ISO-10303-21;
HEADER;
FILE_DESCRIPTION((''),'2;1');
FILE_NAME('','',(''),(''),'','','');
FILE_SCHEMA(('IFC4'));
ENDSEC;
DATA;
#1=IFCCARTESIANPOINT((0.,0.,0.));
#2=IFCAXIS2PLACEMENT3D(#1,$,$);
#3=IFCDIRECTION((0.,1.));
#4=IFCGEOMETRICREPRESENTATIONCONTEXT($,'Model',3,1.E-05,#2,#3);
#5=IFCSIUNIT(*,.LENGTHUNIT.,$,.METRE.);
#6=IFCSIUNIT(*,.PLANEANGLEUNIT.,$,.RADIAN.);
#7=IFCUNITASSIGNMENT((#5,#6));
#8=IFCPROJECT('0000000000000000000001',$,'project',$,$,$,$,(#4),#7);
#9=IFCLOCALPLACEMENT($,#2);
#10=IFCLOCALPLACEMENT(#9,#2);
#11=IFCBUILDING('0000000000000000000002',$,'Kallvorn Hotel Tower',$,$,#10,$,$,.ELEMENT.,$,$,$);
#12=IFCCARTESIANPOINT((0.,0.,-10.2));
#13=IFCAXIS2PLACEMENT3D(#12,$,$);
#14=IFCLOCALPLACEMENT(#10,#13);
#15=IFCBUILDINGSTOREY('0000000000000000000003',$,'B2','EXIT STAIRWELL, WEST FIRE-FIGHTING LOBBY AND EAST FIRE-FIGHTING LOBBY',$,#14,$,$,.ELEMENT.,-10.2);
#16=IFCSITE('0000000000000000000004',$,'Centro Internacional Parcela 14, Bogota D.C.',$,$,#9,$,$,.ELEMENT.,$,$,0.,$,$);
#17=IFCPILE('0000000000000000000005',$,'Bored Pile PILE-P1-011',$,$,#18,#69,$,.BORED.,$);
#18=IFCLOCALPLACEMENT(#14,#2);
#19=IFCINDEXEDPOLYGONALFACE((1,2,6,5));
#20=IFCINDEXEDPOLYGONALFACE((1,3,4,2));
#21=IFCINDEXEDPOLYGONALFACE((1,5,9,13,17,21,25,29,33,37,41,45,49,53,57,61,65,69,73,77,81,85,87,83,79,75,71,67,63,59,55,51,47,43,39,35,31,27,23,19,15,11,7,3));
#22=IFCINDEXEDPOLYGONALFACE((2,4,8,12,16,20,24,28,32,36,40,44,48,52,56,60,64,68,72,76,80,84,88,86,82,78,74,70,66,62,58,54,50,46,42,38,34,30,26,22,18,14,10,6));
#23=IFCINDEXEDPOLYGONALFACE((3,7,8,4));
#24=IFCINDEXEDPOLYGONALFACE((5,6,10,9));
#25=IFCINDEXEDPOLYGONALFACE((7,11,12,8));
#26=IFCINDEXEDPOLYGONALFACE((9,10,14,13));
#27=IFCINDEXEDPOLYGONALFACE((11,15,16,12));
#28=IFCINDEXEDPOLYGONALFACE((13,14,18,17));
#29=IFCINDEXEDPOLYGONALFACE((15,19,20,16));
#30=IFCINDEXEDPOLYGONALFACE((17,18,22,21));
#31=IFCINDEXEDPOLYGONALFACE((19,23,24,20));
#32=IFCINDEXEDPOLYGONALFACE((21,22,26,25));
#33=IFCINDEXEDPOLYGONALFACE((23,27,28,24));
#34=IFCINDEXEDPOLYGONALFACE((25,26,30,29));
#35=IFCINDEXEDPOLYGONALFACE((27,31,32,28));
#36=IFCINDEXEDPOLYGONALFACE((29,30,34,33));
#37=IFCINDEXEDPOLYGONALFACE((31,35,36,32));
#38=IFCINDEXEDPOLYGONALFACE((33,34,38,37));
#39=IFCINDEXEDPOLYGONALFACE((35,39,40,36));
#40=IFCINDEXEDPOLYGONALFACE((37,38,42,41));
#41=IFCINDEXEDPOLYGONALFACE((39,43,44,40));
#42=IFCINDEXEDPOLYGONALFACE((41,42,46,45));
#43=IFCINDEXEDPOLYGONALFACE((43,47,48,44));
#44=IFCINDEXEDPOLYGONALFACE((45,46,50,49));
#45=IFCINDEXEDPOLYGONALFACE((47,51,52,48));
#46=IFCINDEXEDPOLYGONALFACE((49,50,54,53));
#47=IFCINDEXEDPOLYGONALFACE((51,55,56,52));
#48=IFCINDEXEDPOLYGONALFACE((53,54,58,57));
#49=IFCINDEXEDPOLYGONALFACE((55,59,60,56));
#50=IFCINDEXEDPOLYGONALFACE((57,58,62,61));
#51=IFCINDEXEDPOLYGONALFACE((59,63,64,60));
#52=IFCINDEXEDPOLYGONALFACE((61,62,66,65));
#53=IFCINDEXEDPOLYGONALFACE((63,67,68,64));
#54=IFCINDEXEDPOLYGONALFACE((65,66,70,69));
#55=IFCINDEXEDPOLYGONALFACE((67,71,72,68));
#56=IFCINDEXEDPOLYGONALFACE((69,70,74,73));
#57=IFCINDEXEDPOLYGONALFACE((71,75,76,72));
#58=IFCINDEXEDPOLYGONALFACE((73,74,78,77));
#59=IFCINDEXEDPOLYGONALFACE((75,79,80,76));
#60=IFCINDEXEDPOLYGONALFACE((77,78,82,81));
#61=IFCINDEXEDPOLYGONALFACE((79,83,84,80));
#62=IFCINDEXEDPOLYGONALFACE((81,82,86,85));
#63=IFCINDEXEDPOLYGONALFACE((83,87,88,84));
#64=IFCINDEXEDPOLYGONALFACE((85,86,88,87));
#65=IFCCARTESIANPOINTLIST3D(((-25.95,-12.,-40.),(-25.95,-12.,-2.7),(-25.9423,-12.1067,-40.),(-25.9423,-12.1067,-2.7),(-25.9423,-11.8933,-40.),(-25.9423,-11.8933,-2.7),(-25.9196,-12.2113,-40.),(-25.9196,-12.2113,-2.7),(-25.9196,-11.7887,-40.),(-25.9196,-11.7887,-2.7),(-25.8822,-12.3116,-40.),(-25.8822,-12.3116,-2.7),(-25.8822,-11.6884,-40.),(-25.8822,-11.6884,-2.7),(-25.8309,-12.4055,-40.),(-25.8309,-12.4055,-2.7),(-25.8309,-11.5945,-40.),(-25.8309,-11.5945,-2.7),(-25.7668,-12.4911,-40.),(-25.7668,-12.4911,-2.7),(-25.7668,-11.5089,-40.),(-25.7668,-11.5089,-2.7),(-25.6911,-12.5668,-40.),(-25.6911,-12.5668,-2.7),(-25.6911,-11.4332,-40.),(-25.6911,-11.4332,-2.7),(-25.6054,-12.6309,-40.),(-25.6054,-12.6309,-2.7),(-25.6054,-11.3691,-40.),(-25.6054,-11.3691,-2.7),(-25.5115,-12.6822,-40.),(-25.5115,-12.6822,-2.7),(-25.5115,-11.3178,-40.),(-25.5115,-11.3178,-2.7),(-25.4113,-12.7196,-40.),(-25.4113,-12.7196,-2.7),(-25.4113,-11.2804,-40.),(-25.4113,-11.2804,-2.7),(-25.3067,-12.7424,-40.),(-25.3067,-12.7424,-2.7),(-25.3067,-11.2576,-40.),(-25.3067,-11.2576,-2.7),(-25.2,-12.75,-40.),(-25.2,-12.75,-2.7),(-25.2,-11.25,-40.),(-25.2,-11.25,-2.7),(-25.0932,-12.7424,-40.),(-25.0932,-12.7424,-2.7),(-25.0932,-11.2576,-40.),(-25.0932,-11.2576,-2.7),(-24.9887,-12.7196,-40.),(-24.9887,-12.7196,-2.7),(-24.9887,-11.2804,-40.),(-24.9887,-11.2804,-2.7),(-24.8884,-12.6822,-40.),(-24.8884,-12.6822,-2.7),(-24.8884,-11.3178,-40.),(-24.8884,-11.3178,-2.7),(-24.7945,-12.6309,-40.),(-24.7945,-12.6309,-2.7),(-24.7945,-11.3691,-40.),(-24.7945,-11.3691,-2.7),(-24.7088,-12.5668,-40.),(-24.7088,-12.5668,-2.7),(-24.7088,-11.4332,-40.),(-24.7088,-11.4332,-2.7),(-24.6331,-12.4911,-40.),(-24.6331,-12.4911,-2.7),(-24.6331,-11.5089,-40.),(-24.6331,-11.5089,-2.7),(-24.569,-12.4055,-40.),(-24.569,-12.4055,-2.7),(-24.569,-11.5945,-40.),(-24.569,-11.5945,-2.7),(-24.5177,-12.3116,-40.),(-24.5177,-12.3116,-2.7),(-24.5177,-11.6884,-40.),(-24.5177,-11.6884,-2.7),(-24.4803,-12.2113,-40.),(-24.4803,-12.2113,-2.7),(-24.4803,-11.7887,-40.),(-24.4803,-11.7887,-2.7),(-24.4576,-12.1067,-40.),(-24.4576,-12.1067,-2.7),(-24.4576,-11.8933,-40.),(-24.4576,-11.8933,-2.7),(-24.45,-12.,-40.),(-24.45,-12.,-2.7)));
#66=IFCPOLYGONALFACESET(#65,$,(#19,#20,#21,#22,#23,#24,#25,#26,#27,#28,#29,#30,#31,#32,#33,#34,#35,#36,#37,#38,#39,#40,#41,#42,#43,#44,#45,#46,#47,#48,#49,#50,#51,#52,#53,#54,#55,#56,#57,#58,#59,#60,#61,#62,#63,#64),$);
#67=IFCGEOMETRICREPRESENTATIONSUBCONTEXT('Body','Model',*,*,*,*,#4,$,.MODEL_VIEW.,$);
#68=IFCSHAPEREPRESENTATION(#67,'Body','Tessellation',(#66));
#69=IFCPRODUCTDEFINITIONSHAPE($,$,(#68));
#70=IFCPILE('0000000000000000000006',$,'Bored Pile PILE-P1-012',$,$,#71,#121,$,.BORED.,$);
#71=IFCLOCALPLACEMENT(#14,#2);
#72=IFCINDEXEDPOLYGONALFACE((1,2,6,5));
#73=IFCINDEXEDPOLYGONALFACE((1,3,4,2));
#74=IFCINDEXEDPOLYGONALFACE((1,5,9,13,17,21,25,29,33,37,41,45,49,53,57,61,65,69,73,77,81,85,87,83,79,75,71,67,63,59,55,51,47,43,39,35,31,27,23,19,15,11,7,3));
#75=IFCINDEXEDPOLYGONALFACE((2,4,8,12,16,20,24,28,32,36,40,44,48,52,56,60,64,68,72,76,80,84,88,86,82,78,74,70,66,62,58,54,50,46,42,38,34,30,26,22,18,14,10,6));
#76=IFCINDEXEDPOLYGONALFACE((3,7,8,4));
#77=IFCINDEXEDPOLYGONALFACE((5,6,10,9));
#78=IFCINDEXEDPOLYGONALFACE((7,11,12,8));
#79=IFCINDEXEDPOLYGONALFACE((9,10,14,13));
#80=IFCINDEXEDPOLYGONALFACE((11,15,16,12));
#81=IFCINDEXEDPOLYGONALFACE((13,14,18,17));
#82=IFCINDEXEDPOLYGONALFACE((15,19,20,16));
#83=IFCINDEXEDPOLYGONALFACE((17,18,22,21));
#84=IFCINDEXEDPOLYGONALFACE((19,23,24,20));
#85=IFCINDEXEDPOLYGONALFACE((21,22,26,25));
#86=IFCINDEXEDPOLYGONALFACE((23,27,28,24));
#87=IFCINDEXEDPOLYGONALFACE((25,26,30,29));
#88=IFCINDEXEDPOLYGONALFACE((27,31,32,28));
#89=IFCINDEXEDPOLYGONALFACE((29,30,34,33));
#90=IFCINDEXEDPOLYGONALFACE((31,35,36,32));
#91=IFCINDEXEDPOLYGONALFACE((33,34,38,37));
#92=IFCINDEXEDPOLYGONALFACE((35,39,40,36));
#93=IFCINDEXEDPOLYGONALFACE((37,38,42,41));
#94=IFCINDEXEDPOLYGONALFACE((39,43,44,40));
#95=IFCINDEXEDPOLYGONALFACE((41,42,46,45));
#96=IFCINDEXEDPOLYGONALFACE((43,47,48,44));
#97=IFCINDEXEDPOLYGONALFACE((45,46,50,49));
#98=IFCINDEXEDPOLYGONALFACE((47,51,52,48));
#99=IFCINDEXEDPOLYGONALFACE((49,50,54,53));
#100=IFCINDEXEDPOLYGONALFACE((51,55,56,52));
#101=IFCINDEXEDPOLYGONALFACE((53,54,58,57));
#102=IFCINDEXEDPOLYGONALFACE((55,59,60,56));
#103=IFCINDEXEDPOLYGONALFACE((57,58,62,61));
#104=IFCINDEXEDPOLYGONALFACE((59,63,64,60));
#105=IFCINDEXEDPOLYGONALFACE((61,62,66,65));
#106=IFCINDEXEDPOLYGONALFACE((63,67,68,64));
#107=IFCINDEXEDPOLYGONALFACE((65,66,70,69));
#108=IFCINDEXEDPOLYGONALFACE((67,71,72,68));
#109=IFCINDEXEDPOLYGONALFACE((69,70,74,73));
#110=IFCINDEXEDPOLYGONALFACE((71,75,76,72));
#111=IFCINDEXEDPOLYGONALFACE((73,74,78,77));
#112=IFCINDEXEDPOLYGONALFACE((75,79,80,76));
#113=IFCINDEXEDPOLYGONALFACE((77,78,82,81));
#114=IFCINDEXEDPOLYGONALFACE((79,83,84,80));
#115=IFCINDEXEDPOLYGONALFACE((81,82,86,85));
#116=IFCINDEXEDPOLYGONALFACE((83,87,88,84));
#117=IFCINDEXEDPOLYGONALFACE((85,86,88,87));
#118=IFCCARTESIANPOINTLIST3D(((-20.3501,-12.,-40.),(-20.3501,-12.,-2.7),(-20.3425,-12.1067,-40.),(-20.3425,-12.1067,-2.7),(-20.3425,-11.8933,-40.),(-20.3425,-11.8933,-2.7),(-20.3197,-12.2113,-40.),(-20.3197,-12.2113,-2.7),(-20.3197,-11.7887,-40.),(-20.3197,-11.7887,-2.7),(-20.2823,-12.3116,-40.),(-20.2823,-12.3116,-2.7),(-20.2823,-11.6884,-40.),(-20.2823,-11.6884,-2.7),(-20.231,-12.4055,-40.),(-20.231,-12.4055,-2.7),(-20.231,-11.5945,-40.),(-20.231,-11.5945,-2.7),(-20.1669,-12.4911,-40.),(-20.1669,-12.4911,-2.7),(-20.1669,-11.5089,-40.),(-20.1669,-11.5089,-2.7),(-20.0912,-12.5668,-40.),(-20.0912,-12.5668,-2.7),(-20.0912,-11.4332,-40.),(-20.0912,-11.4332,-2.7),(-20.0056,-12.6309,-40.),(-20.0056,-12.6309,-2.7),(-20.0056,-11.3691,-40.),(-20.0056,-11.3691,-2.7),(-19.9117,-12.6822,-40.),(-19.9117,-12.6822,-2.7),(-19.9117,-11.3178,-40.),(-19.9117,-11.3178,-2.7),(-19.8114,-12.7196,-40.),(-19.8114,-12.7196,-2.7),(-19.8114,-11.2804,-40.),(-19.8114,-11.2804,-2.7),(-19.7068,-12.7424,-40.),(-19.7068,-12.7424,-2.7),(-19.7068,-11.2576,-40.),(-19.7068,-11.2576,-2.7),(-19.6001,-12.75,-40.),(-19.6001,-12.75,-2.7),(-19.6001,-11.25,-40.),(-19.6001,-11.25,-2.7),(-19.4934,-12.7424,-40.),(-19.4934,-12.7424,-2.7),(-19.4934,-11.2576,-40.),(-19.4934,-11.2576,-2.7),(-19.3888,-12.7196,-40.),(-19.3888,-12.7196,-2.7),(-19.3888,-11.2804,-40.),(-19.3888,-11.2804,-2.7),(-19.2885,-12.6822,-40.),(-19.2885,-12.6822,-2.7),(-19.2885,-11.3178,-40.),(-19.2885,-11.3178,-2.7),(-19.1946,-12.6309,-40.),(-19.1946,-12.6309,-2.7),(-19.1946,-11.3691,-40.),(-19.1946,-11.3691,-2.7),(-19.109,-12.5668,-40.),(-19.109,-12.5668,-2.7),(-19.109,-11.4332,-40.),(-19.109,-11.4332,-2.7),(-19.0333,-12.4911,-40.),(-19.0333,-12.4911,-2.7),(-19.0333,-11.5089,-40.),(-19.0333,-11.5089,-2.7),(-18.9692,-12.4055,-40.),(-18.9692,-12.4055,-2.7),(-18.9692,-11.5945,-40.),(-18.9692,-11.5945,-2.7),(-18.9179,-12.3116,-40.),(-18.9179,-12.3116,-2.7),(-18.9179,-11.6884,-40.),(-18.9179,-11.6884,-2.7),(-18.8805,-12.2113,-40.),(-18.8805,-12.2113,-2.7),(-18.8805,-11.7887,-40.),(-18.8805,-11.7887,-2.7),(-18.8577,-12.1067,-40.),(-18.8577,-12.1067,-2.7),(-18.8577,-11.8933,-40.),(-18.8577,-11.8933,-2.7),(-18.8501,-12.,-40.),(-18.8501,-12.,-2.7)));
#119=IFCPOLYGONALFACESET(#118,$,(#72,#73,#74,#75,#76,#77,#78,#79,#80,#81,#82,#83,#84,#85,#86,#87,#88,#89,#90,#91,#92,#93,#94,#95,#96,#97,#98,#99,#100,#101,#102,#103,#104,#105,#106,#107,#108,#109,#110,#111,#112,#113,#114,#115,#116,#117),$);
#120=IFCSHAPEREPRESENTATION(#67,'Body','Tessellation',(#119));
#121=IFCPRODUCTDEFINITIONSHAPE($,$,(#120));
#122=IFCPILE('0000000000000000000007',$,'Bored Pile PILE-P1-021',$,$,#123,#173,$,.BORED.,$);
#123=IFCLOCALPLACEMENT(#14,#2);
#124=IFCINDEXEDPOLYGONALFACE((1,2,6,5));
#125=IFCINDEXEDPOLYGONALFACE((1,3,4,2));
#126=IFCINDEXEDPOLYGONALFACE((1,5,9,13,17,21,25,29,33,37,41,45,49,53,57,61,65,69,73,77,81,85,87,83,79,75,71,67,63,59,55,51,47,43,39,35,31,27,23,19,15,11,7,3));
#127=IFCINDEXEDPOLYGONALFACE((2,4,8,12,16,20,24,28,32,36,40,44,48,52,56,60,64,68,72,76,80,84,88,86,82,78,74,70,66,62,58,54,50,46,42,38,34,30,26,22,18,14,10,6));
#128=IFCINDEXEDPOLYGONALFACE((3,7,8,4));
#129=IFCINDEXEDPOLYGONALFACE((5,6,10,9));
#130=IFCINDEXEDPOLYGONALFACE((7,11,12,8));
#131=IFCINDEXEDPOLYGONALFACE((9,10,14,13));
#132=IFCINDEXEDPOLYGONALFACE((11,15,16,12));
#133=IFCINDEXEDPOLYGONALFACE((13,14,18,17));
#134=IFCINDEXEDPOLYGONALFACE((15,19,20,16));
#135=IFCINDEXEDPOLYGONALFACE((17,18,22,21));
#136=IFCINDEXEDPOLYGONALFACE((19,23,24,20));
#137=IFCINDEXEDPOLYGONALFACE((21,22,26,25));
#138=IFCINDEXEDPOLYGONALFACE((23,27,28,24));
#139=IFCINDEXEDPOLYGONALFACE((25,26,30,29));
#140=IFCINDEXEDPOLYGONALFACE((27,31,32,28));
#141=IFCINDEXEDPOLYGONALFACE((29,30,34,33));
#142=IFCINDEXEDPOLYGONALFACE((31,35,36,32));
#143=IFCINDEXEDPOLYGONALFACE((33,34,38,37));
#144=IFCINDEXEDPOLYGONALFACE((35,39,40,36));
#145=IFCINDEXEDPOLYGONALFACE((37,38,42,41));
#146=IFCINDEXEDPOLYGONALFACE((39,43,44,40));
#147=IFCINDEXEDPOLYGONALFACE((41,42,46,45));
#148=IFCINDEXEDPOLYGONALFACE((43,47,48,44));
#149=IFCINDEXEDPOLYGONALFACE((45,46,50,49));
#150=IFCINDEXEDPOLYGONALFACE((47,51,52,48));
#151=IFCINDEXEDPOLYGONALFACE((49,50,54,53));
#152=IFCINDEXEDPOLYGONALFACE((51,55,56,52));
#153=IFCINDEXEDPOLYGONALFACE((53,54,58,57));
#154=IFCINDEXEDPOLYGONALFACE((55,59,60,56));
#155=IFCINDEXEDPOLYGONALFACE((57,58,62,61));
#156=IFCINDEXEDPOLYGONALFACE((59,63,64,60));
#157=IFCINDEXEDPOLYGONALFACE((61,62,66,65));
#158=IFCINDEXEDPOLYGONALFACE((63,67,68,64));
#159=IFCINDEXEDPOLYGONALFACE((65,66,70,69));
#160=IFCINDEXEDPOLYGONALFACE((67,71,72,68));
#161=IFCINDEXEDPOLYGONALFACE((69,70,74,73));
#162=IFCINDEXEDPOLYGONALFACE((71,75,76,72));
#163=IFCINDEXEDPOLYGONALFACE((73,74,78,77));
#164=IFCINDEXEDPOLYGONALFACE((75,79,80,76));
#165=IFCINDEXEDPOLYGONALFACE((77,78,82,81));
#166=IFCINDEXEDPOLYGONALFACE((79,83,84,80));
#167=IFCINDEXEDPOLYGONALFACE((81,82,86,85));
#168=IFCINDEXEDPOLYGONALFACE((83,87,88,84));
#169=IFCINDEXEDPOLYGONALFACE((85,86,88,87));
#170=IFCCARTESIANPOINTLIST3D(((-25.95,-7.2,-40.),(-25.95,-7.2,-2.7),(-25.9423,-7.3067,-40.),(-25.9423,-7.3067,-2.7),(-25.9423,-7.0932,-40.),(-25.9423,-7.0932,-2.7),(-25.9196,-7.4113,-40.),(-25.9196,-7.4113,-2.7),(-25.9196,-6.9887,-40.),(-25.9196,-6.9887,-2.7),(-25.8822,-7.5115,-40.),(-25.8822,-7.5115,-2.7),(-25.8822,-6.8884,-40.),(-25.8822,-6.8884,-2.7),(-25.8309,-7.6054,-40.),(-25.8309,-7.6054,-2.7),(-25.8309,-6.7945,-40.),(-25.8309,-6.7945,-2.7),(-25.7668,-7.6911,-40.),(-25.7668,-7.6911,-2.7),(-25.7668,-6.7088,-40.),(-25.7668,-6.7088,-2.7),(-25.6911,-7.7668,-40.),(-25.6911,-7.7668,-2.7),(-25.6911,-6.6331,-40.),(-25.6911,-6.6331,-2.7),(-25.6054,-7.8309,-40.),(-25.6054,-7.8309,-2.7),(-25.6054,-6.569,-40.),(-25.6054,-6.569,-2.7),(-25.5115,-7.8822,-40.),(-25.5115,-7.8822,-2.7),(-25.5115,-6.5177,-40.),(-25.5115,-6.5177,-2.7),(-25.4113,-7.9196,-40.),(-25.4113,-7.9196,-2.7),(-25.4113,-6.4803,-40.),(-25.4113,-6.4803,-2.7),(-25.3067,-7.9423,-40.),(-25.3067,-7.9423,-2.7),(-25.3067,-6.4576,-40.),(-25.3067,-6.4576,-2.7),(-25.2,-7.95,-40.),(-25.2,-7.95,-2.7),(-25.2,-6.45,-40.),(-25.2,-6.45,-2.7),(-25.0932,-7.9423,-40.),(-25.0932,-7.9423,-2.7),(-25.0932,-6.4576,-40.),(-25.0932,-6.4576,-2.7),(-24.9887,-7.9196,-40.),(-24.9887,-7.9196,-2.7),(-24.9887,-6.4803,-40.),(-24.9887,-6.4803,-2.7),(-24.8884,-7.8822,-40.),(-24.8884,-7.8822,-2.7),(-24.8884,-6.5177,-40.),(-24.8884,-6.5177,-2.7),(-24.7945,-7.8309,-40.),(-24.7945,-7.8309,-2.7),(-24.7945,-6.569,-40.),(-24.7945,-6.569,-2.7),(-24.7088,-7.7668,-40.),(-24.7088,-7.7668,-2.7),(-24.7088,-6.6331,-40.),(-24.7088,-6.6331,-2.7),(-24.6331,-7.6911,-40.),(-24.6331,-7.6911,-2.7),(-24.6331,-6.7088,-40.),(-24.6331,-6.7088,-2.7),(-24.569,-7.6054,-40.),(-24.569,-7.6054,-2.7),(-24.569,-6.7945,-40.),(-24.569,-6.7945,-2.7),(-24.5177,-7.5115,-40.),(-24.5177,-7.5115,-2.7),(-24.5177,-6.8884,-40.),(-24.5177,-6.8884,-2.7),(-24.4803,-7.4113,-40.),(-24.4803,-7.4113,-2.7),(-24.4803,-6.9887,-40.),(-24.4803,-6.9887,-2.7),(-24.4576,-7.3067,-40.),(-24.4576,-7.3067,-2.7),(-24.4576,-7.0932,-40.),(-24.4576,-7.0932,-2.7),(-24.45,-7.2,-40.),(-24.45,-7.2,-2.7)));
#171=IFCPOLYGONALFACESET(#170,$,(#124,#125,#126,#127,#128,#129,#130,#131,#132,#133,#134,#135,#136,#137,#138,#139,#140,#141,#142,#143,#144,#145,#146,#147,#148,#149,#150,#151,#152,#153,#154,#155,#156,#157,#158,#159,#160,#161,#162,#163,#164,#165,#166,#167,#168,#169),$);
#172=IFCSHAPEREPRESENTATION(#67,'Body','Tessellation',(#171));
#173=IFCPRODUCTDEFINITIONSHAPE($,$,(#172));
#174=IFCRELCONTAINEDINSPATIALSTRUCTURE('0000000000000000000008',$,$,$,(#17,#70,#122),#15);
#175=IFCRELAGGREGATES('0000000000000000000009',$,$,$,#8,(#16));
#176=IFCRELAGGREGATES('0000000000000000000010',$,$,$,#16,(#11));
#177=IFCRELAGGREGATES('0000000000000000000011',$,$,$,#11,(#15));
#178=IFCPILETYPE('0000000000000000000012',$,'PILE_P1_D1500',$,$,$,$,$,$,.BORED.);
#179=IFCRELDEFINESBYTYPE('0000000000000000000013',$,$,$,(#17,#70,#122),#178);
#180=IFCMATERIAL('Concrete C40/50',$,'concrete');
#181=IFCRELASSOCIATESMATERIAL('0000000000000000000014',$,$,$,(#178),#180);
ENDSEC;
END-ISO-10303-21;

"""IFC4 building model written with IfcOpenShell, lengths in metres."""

from ifc_helpers import new_model, si_unit, direction, frame, origin, origin_2d, place, context, subcontext, project, spatial, circle, extrude, material, material_profile, profile_set, type_object, element, save


model = new_model("IFC4")

# Units and contexts
model_context = context("Model", 3, precision=1e-05, world=origin(), true_north=direction((0.0, 1.0)))
body_context = subcontext(model_context, "Body", "Model", "MODEL_VIEW")
ifc_project = project(units=[si_unit("LENGTHUNIT", "METRE"), si_unit("PLANEANGLEUNIT", "RADIAN")], contexts=[model_context])

# Site, building, storey
site_placement = place(None, origin())
site = spatial("IfcSite", under=ifc_project, at=site_placement, Name="Centro Internacional Parcela 14, Bogota D.C.", CompositionType="ELEMENT", RefElevation=0.0)
building_placement = place(site_placement, origin())
building = spatial("IfcBuilding", under=site, at=building_placement, Name="Kallvorn Hotel Tower", CompositionType="ELEMENT")
storey_placement = place(building_placement, frame((0.0, 0.0, -10.2)))
storey = spatial("IfcBuildingStorey", under=building, at=storey_placement, Name="B2", Description="EXIT STAIRWELL, WEST FIRE-FIGHTING LOBBY AND EAST FIRE-FIGHTING LOBBY", CompositionType="ELEMENT", Elevation=-10.2)

# Piles
ifc_material_1 = material(Name="Concrete C40/50", Category="concrete")
ifc_material_profile_1 = material_profile(ifc_material_1, circle(Radius=0.75, at=origin_2d()), Name="PILE D1500")
ifc_profile_set_1 = profile_set([ifc_material_profile_1], Name="Concrete C40/50")
pile_type = type_object("IfcPileType", Name="PILE_P1_D1500", PredefinedType="BORED", material=ifc_profile_set_1)
for number, where, z_axis, x_axis, name in (
    (1, (-25.2, -12.0, -2.7), (0.0, 0.0, -1.0), (1.0, 0.0, 0.0), "Bored Pile PILE-P1-011"),
    (2, (-19.6001, -12.0, -2.7), (0.0, 0.0, -1.0), (1.0, 0.0, 0.0), "Bored Pile PILE-P1-012"),
    (3, (-25.2, -7.2, -2.7), (0.0, 0.0, -1.0), (1.0, 0.0, 0.0), "Bored Pile PILE-P1-021"),
):
    element("IfcPile", number, at=place(storey_placement, frame(where, z_axis=z_axis, x_axis=x_axis)), inside=storey, type_object=pile_type, Name=name, PredefinedType="BORED", context=body_context, shape_type="SweptSolid", body=[
        extrude(circle(Radius=0.75, at=origin_2d()), origin(), (0.0, 0.0, 1.0), 37.3),
    ])

save(model, "model.ifc")
